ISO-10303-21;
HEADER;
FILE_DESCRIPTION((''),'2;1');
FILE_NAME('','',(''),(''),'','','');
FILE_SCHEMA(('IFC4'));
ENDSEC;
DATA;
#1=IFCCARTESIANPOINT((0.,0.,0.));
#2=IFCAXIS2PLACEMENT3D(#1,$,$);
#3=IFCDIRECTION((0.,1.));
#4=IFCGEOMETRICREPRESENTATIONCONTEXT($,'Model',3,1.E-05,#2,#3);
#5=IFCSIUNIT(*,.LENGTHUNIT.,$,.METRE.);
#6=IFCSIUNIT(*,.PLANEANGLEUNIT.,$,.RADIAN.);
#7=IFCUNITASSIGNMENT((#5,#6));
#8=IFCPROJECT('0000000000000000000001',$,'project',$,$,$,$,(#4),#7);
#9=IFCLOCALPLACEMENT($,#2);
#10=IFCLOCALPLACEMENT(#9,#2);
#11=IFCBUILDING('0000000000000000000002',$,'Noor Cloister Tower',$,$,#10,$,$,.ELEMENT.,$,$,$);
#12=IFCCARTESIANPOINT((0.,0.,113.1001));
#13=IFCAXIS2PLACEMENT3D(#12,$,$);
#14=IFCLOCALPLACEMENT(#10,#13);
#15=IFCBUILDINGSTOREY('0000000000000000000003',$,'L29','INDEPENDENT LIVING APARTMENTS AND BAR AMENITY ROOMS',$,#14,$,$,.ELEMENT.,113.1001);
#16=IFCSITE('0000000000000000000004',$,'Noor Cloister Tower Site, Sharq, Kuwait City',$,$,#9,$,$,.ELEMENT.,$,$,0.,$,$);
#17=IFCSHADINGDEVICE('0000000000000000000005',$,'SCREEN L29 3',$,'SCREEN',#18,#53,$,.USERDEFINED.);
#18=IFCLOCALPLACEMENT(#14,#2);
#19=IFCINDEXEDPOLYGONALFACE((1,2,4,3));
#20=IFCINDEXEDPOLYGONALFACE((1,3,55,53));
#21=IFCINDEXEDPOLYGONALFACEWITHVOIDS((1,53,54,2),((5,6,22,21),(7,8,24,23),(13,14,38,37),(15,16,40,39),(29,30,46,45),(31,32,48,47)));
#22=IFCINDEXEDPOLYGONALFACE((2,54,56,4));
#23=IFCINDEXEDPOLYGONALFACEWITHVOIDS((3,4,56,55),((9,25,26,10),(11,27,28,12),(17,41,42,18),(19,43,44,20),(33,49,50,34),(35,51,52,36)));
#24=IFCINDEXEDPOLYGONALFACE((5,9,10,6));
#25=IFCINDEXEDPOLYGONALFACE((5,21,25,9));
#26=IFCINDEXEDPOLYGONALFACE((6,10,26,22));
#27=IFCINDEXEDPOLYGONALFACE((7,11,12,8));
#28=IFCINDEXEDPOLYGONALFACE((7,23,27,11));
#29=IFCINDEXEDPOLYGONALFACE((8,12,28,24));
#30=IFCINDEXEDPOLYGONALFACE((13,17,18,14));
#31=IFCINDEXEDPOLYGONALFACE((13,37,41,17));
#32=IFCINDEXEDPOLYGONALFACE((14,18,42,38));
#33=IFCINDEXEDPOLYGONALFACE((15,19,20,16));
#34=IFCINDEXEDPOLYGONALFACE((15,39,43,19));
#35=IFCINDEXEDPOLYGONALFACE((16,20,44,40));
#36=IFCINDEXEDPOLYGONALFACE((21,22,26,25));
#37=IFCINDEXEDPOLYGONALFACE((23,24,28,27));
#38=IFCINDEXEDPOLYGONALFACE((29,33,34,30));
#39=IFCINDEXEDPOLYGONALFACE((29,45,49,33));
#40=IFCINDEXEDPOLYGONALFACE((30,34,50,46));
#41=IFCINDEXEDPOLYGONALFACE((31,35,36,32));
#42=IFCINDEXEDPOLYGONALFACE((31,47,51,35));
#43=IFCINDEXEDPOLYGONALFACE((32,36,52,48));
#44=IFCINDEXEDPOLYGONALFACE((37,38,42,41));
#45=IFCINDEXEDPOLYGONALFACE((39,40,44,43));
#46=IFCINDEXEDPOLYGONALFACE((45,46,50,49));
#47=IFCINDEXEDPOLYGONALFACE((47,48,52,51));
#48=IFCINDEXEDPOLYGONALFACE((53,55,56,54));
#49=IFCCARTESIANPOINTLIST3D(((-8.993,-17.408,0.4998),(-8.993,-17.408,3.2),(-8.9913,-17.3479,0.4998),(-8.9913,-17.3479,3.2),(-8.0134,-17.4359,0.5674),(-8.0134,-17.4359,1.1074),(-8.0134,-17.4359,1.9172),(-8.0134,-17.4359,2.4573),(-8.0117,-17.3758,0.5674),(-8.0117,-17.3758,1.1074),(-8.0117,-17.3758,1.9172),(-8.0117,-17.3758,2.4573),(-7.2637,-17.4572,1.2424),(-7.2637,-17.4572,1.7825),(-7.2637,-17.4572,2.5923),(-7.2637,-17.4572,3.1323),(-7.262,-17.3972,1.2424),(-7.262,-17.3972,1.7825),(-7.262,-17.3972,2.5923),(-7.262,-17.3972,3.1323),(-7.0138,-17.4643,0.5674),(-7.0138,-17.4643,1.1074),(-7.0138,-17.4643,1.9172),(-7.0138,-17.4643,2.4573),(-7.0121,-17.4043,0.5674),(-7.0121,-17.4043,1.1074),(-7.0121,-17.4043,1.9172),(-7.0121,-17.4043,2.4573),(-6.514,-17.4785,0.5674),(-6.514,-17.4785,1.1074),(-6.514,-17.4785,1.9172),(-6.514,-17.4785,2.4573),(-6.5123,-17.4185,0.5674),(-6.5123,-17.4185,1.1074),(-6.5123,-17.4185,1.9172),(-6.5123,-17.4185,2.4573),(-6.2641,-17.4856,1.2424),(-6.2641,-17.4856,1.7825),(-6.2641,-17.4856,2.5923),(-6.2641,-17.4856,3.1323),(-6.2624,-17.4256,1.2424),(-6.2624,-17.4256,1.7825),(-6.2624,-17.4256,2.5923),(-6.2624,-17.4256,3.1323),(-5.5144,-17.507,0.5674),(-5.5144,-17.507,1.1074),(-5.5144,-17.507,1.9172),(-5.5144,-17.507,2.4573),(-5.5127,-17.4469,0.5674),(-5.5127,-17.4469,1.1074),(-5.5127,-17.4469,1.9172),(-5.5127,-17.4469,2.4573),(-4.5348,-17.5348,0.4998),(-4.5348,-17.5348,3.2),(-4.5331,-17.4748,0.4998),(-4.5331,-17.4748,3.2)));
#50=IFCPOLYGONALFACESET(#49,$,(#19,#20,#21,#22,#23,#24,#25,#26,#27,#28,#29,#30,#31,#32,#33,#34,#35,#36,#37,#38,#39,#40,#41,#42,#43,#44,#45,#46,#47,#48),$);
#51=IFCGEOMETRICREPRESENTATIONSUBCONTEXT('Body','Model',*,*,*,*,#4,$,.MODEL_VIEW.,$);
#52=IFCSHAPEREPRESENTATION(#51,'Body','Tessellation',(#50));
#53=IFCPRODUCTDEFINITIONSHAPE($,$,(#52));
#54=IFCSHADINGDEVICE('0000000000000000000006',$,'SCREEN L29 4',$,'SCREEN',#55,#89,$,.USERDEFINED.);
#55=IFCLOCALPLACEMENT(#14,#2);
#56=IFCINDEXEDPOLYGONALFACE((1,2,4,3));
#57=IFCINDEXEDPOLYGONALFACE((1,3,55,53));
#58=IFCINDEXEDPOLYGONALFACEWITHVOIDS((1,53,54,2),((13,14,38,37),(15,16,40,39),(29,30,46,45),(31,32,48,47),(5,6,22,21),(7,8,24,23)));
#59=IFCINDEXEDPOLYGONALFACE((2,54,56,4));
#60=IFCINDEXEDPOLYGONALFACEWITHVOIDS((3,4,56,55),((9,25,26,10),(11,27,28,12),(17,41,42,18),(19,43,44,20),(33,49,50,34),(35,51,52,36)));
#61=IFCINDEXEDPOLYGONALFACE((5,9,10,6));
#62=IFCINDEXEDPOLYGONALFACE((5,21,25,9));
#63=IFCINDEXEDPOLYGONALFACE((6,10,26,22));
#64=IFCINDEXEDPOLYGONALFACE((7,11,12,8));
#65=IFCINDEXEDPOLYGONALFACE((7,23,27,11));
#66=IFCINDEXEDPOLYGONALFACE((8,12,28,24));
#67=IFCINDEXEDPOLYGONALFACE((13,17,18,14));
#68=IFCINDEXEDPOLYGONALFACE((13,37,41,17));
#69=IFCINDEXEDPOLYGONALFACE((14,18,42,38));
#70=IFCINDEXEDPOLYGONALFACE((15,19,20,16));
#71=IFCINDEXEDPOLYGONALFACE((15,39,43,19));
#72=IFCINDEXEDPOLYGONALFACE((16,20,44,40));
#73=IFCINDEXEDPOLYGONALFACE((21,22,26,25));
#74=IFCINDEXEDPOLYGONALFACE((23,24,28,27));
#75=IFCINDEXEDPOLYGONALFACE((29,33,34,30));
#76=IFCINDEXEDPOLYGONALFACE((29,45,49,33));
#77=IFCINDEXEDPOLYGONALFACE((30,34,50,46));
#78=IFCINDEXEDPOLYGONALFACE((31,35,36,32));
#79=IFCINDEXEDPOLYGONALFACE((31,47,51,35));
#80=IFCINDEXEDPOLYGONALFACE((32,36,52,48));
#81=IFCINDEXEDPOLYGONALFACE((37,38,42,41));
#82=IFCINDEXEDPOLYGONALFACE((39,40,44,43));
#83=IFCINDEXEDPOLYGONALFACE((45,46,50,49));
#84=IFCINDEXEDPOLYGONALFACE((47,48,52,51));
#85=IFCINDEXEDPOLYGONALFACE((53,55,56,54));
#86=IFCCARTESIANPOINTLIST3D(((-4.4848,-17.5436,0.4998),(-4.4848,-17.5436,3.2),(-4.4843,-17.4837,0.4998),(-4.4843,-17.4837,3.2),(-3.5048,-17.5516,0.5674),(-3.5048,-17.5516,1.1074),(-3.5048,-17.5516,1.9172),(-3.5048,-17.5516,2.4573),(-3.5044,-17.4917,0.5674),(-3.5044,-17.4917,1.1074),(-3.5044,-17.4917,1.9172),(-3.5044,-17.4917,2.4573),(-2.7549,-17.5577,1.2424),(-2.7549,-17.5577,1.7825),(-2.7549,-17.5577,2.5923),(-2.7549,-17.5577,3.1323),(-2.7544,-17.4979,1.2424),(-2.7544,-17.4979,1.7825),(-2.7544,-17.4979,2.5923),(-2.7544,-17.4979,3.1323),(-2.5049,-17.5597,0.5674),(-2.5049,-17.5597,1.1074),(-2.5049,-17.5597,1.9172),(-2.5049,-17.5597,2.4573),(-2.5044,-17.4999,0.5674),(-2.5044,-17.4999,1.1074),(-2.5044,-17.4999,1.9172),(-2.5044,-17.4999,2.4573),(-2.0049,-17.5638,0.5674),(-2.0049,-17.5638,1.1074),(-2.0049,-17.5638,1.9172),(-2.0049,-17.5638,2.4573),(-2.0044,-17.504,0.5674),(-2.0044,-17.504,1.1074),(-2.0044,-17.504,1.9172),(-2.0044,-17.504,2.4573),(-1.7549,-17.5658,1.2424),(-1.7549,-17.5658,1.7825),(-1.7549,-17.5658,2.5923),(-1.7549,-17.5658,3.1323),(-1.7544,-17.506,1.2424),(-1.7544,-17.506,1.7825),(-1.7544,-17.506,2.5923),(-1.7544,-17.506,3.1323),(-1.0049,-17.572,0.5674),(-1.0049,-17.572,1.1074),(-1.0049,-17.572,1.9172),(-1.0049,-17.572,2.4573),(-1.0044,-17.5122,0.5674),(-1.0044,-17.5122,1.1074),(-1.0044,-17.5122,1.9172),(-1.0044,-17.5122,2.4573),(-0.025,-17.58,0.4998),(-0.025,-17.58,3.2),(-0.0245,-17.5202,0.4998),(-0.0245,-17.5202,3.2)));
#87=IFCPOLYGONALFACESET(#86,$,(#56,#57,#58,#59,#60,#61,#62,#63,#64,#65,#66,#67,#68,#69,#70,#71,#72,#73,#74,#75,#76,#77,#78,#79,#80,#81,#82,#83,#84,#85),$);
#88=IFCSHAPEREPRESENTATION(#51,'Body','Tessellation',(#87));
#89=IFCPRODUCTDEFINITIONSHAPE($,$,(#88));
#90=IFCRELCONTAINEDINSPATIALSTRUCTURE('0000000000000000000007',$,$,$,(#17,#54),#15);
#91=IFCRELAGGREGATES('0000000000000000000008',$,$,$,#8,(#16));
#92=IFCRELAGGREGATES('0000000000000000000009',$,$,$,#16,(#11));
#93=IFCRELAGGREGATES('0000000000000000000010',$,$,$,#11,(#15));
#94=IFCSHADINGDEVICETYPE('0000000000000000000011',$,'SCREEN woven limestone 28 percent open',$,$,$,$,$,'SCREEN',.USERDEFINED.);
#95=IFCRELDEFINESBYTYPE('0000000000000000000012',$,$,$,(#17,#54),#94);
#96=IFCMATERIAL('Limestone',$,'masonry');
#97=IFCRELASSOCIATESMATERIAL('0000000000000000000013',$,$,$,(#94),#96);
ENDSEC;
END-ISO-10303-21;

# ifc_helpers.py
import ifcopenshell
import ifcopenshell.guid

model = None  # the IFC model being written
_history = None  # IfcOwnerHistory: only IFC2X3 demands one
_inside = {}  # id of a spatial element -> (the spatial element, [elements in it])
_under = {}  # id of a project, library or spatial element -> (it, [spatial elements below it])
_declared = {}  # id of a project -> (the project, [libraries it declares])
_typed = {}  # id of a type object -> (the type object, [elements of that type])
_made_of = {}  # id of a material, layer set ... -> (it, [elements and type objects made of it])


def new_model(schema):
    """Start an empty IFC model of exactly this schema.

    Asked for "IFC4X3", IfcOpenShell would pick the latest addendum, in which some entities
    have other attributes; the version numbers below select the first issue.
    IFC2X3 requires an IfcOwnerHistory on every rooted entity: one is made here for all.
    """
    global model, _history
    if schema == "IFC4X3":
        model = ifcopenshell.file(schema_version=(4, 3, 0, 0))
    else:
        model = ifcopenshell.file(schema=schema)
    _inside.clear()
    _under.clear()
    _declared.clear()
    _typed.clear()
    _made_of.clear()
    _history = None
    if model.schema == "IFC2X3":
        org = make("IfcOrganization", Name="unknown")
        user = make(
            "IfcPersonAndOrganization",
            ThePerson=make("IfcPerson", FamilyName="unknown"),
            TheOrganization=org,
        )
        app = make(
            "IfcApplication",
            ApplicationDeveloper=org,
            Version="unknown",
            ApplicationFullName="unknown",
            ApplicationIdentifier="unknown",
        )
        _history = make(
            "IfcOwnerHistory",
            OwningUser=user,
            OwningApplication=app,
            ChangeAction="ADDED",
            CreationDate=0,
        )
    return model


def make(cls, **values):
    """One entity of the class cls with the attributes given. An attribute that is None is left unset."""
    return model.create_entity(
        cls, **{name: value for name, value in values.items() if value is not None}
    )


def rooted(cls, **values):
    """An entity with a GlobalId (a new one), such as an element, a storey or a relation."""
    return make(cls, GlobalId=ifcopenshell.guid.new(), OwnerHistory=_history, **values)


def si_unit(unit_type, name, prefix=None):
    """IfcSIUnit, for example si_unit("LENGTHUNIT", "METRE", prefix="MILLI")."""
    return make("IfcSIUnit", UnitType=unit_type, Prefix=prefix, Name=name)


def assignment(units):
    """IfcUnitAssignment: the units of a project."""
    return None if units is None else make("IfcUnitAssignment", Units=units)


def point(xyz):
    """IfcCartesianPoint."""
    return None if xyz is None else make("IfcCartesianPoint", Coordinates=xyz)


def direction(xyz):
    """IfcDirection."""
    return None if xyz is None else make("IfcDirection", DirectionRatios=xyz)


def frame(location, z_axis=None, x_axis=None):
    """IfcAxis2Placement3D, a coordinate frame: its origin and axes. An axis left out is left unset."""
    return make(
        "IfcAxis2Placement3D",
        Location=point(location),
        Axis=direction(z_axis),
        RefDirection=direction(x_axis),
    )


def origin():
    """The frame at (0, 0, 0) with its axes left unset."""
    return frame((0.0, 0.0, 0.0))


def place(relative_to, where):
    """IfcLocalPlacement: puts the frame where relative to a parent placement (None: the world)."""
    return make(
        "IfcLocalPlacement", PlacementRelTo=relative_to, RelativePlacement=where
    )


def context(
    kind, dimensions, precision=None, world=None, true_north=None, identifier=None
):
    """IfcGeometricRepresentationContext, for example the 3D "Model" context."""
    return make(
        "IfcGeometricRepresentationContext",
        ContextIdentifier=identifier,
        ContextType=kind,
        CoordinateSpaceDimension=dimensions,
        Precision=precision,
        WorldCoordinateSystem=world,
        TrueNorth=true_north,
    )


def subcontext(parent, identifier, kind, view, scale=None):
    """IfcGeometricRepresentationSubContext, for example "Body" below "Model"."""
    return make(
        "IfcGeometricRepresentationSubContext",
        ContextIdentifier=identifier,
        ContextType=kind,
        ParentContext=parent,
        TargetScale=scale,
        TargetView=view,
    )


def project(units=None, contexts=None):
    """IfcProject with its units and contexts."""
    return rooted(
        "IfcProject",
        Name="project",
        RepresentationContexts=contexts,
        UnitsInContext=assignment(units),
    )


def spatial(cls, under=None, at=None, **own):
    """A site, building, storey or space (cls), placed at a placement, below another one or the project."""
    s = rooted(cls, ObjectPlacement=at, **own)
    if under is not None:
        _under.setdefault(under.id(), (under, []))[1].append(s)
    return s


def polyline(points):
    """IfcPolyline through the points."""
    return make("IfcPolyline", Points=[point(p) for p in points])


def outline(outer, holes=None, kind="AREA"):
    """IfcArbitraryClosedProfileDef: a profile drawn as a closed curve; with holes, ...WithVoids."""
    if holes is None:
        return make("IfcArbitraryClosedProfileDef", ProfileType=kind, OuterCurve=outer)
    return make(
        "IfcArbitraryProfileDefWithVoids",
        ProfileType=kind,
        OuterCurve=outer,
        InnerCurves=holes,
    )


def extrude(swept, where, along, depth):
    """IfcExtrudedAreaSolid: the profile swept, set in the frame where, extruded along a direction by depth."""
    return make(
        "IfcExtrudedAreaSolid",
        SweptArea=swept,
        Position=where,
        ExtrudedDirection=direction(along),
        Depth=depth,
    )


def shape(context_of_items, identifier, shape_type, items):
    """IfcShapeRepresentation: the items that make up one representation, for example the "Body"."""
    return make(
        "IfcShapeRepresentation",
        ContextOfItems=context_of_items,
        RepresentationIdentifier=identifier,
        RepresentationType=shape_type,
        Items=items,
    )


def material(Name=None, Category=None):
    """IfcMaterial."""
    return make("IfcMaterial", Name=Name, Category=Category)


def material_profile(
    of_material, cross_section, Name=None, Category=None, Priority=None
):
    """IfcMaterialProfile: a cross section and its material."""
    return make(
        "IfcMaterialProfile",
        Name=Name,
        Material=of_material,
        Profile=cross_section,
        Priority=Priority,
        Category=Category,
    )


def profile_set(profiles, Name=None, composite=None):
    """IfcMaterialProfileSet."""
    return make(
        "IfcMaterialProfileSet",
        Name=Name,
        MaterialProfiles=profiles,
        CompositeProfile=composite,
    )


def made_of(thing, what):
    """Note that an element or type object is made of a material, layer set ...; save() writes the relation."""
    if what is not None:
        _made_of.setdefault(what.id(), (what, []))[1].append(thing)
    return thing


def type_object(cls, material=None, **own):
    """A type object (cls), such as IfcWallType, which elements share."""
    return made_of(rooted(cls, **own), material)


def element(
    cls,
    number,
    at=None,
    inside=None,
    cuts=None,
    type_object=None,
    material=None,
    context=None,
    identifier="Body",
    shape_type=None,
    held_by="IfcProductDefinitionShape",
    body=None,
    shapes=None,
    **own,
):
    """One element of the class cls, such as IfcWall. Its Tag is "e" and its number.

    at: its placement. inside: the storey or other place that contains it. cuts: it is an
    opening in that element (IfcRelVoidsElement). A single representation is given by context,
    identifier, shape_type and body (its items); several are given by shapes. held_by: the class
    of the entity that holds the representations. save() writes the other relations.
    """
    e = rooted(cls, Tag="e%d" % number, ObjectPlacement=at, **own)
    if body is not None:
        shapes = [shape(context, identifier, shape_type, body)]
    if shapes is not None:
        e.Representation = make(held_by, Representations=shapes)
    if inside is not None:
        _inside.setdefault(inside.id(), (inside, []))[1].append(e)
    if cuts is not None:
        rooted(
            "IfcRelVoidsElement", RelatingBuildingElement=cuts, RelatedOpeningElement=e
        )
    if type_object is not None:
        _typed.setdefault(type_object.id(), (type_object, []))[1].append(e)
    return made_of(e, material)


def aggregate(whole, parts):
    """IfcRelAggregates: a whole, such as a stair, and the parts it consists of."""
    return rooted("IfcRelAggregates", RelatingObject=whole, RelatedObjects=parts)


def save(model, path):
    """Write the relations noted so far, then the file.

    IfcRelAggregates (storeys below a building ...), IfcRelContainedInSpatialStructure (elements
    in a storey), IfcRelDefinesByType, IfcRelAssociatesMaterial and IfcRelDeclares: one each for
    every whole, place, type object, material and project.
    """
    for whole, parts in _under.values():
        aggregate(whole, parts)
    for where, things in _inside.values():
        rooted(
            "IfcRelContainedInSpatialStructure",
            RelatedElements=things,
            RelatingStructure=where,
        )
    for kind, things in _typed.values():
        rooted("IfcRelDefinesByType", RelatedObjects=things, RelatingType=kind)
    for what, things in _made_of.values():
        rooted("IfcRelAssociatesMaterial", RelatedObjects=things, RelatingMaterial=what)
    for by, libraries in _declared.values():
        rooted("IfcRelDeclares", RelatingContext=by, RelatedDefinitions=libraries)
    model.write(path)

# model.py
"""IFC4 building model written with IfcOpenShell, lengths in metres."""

from ifc_helpers import new_model, si_unit, direction, frame, origin, place, context, subcontext, project, spatial, polyline, outline, extrude, material, material_profile, profile_set, type_object, element, save


model = new_model("IFC4")

# Units and contexts
model_context = context("Model", 3, precision=1e-05, world=origin(), true_north=direction((0.0, 1.0)))
body_context = subcontext(model_context, "Body", "Model", "MODEL_VIEW")
ifc_project = project(units=[si_unit("LENGTHUNIT", "METRE"), si_unit("PLANEANGLEUNIT", "RADIAN")], contexts=[model_context])

# Site, building, storey
site_placement = place(None, origin())
site = spatial("IfcSite", under=ifc_project, at=site_placement, Name="Noor Cloister Tower Site, Sharq, Kuwait City", CompositionType="ELEMENT", RefElevation=0.0)
building_placement = place(site_placement, origin())
building = spatial("IfcBuilding", under=site, at=building_placement, Name="Noor Cloister Tower", CompositionType="ELEMENT")
storey_placement = place(building_placement, frame((0.0, 0.0, 113.1001)))
storey = spatial("IfcBuildingStorey", under=building, at=storey_placement, Name="L29", Description="INDEPENDENT LIVING APARTMENTS AND BAR AMENITY ROOMS", CompositionType="ELEMENT", Elevation=113.1001)

# Shading devices
ifc_material_1 = material(Name="Limestone", Category="masonry")
ifc_material_profile_1 = material_profile(ifc_material_1, outline(polyline([(-2.23, -1.3501), (2.23, -1.3501), (2.23, 1.3501), (-2.23, 1.3501), (-2.23, -1.3501)]), holes=[polyline([(-1.25, -1.2825), (-0.25, -1.2825), (-0.25, -0.7424), (-1.25, -0.7424), (-1.25, -1.2825)]), polyline([(0.25, -1.2825), (1.25, -1.2825), (1.25, -0.7424), (0.25, -0.7424), (0.25, -1.2825)]), polyline([(-0.5, -0.6074), (0.5, -0.6074), (0.5, -0.0674), (-0.5, -0.0674), (-0.5, -0.6074)]), polyline([(-1.25, 0.0674), (-0.25, 0.0674), (-0.25, 0.6074), (-1.25, 0.6074), (-1.25, 0.0674)]), polyline([(0.25, 0.0674), (1.25, 0.0674), (1.25, 0.6074), (0.25, 0.6074), (0.25, 0.0674)]), polyline([(-0.5, 0.7424), (0.5, 0.7424), (0.5, 1.2825), (-0.5, 1.2825), (-0.5, 0.7424)])]), Name="Woven screen 28 percent open")
ifc_profile_set_1 = profile_set([ifc_material_profile_1], Name="Limestone")
shading_device_type = type_object("IfcShadingDeviceType", Name="SCREEN woven limestone 28 percent open", ElementType="SCREEN", PredefinedType="USERDEFINED", material=ifc_profile_set_1)
shading_device_1_placement = place(storey_placement, frame((-6.7622, -17.4114, 1.8499), z_axis=(-0.028444, -0.999595, 0.0), x_axis=(0.999595, -0.028444, 0.0)))
element("IfcShadingDevice", 1, at=shading_device_1_placement, inside=storey, type_object=shading_device_type, Name="SCREEN L29 3", ObjectType="SCREEN", PredefinedType="USERDEFINED", context=body_context, shape_type="SweptSolid", body=[
    extrude(outline(polyline([(-2.23, -1.3501), (2.23, -1.3501), (2.23, 1.3501), (-2.23, 1.3501), (-2.23, -1.3501)]), holes=[polyline([(-1.25, -1.2825), (-0.25, -1.2825), (-0.25, -0.7424), (-1.25, -0.7424), (-1.25, -1.2825)]), polyline([(0.25, -1.2825), (1.25, -1.2825), (1.25, -0.7424), (0.25, -0.7424), (0.25, -1.2825)]), polyline([(-0.5, -0.6074), (0.5, -0.6074), (0.5, -0.0674), (-0.5, -0.0674), (-0.5, -0.6074)]), polyline([(-1.25, 0.0674), (-0.25, 0.0674), (-0.25, 0.6074), (-1.25, 0.6074), (-1.25, 0.0674)]), polyline([(0.25, 0.0674), (1.25, 0.0674), (1.25, 0.6074), (0.25, 0.6074), (0.25, 0.0674)]), polyline([(-0.5, 0.7424), (0.5, 0.7424), (0.5, 1.2825), (-0.5, 1.2825), (-0.5, 0.7424)])]), origin(), (0.0, 0.0, 1.0), 0.0601),
])
shading_device_2_placement = place(storey_placement, frame((-2.2544, -17.502, 1.8499), z_axis=(-0.008163, -0.999967, 0.0), x_axis=(0.999967, -0.008163, 0.0)))
element("IfcShadingDevice", 2, at=shading_device_2_placement, inside=storey, type_object=shading_device_type, Name="SCREEN L29 4", ObjectType="SCREEN", PredefinedType="USERDEFINED", context=body_context, shape_type="SweptSolid", body=[
    extrude(outline(polyline([(-2.23, -1.3501), (2.23, -1.3501), (2.23, 1.3501), (-2.23, 1.3501), (-2.23, -1.3501)]), holes=[polyline([(-1.25, -1.2825), (-0.25, -1.2825), (-0.25, -0.7424), (-1.25, -0.7424), (-1.25, -1.2825)]), polyline([(0.25, -1.2825), (1.25, -1.2825), (1.25, -0.7424), (0.25, -0.7424), (0.25, -1.2825)]), polyline([(-0.5, -0.6074), (0.5, -0.6074), (0.5, -0.0674), (-0.5, -0.0674), (-0.5, -0.6074)]), polyline([(-1.25, 0.0674), (-0.25, 0.0674), (-0.25, 0.6074), (-1.25, 0.6074), (-1.25, 0.0674)]), polyline([(0.25, 0.0674), (1.25, 0.0674), (1.25, 0.6074), (0.25, 0.6074), (0.25, 0.0674)]), polyline([(-0.5, 0.7424), (0.5, 0.7424), (0.5, 1.2825), (-0.5, 1.2825), (-0.5, 0.7424)])]), origin(), (0.0, 0.0, 1.0), 0.0598),
])

save(model, "model.ifc")
